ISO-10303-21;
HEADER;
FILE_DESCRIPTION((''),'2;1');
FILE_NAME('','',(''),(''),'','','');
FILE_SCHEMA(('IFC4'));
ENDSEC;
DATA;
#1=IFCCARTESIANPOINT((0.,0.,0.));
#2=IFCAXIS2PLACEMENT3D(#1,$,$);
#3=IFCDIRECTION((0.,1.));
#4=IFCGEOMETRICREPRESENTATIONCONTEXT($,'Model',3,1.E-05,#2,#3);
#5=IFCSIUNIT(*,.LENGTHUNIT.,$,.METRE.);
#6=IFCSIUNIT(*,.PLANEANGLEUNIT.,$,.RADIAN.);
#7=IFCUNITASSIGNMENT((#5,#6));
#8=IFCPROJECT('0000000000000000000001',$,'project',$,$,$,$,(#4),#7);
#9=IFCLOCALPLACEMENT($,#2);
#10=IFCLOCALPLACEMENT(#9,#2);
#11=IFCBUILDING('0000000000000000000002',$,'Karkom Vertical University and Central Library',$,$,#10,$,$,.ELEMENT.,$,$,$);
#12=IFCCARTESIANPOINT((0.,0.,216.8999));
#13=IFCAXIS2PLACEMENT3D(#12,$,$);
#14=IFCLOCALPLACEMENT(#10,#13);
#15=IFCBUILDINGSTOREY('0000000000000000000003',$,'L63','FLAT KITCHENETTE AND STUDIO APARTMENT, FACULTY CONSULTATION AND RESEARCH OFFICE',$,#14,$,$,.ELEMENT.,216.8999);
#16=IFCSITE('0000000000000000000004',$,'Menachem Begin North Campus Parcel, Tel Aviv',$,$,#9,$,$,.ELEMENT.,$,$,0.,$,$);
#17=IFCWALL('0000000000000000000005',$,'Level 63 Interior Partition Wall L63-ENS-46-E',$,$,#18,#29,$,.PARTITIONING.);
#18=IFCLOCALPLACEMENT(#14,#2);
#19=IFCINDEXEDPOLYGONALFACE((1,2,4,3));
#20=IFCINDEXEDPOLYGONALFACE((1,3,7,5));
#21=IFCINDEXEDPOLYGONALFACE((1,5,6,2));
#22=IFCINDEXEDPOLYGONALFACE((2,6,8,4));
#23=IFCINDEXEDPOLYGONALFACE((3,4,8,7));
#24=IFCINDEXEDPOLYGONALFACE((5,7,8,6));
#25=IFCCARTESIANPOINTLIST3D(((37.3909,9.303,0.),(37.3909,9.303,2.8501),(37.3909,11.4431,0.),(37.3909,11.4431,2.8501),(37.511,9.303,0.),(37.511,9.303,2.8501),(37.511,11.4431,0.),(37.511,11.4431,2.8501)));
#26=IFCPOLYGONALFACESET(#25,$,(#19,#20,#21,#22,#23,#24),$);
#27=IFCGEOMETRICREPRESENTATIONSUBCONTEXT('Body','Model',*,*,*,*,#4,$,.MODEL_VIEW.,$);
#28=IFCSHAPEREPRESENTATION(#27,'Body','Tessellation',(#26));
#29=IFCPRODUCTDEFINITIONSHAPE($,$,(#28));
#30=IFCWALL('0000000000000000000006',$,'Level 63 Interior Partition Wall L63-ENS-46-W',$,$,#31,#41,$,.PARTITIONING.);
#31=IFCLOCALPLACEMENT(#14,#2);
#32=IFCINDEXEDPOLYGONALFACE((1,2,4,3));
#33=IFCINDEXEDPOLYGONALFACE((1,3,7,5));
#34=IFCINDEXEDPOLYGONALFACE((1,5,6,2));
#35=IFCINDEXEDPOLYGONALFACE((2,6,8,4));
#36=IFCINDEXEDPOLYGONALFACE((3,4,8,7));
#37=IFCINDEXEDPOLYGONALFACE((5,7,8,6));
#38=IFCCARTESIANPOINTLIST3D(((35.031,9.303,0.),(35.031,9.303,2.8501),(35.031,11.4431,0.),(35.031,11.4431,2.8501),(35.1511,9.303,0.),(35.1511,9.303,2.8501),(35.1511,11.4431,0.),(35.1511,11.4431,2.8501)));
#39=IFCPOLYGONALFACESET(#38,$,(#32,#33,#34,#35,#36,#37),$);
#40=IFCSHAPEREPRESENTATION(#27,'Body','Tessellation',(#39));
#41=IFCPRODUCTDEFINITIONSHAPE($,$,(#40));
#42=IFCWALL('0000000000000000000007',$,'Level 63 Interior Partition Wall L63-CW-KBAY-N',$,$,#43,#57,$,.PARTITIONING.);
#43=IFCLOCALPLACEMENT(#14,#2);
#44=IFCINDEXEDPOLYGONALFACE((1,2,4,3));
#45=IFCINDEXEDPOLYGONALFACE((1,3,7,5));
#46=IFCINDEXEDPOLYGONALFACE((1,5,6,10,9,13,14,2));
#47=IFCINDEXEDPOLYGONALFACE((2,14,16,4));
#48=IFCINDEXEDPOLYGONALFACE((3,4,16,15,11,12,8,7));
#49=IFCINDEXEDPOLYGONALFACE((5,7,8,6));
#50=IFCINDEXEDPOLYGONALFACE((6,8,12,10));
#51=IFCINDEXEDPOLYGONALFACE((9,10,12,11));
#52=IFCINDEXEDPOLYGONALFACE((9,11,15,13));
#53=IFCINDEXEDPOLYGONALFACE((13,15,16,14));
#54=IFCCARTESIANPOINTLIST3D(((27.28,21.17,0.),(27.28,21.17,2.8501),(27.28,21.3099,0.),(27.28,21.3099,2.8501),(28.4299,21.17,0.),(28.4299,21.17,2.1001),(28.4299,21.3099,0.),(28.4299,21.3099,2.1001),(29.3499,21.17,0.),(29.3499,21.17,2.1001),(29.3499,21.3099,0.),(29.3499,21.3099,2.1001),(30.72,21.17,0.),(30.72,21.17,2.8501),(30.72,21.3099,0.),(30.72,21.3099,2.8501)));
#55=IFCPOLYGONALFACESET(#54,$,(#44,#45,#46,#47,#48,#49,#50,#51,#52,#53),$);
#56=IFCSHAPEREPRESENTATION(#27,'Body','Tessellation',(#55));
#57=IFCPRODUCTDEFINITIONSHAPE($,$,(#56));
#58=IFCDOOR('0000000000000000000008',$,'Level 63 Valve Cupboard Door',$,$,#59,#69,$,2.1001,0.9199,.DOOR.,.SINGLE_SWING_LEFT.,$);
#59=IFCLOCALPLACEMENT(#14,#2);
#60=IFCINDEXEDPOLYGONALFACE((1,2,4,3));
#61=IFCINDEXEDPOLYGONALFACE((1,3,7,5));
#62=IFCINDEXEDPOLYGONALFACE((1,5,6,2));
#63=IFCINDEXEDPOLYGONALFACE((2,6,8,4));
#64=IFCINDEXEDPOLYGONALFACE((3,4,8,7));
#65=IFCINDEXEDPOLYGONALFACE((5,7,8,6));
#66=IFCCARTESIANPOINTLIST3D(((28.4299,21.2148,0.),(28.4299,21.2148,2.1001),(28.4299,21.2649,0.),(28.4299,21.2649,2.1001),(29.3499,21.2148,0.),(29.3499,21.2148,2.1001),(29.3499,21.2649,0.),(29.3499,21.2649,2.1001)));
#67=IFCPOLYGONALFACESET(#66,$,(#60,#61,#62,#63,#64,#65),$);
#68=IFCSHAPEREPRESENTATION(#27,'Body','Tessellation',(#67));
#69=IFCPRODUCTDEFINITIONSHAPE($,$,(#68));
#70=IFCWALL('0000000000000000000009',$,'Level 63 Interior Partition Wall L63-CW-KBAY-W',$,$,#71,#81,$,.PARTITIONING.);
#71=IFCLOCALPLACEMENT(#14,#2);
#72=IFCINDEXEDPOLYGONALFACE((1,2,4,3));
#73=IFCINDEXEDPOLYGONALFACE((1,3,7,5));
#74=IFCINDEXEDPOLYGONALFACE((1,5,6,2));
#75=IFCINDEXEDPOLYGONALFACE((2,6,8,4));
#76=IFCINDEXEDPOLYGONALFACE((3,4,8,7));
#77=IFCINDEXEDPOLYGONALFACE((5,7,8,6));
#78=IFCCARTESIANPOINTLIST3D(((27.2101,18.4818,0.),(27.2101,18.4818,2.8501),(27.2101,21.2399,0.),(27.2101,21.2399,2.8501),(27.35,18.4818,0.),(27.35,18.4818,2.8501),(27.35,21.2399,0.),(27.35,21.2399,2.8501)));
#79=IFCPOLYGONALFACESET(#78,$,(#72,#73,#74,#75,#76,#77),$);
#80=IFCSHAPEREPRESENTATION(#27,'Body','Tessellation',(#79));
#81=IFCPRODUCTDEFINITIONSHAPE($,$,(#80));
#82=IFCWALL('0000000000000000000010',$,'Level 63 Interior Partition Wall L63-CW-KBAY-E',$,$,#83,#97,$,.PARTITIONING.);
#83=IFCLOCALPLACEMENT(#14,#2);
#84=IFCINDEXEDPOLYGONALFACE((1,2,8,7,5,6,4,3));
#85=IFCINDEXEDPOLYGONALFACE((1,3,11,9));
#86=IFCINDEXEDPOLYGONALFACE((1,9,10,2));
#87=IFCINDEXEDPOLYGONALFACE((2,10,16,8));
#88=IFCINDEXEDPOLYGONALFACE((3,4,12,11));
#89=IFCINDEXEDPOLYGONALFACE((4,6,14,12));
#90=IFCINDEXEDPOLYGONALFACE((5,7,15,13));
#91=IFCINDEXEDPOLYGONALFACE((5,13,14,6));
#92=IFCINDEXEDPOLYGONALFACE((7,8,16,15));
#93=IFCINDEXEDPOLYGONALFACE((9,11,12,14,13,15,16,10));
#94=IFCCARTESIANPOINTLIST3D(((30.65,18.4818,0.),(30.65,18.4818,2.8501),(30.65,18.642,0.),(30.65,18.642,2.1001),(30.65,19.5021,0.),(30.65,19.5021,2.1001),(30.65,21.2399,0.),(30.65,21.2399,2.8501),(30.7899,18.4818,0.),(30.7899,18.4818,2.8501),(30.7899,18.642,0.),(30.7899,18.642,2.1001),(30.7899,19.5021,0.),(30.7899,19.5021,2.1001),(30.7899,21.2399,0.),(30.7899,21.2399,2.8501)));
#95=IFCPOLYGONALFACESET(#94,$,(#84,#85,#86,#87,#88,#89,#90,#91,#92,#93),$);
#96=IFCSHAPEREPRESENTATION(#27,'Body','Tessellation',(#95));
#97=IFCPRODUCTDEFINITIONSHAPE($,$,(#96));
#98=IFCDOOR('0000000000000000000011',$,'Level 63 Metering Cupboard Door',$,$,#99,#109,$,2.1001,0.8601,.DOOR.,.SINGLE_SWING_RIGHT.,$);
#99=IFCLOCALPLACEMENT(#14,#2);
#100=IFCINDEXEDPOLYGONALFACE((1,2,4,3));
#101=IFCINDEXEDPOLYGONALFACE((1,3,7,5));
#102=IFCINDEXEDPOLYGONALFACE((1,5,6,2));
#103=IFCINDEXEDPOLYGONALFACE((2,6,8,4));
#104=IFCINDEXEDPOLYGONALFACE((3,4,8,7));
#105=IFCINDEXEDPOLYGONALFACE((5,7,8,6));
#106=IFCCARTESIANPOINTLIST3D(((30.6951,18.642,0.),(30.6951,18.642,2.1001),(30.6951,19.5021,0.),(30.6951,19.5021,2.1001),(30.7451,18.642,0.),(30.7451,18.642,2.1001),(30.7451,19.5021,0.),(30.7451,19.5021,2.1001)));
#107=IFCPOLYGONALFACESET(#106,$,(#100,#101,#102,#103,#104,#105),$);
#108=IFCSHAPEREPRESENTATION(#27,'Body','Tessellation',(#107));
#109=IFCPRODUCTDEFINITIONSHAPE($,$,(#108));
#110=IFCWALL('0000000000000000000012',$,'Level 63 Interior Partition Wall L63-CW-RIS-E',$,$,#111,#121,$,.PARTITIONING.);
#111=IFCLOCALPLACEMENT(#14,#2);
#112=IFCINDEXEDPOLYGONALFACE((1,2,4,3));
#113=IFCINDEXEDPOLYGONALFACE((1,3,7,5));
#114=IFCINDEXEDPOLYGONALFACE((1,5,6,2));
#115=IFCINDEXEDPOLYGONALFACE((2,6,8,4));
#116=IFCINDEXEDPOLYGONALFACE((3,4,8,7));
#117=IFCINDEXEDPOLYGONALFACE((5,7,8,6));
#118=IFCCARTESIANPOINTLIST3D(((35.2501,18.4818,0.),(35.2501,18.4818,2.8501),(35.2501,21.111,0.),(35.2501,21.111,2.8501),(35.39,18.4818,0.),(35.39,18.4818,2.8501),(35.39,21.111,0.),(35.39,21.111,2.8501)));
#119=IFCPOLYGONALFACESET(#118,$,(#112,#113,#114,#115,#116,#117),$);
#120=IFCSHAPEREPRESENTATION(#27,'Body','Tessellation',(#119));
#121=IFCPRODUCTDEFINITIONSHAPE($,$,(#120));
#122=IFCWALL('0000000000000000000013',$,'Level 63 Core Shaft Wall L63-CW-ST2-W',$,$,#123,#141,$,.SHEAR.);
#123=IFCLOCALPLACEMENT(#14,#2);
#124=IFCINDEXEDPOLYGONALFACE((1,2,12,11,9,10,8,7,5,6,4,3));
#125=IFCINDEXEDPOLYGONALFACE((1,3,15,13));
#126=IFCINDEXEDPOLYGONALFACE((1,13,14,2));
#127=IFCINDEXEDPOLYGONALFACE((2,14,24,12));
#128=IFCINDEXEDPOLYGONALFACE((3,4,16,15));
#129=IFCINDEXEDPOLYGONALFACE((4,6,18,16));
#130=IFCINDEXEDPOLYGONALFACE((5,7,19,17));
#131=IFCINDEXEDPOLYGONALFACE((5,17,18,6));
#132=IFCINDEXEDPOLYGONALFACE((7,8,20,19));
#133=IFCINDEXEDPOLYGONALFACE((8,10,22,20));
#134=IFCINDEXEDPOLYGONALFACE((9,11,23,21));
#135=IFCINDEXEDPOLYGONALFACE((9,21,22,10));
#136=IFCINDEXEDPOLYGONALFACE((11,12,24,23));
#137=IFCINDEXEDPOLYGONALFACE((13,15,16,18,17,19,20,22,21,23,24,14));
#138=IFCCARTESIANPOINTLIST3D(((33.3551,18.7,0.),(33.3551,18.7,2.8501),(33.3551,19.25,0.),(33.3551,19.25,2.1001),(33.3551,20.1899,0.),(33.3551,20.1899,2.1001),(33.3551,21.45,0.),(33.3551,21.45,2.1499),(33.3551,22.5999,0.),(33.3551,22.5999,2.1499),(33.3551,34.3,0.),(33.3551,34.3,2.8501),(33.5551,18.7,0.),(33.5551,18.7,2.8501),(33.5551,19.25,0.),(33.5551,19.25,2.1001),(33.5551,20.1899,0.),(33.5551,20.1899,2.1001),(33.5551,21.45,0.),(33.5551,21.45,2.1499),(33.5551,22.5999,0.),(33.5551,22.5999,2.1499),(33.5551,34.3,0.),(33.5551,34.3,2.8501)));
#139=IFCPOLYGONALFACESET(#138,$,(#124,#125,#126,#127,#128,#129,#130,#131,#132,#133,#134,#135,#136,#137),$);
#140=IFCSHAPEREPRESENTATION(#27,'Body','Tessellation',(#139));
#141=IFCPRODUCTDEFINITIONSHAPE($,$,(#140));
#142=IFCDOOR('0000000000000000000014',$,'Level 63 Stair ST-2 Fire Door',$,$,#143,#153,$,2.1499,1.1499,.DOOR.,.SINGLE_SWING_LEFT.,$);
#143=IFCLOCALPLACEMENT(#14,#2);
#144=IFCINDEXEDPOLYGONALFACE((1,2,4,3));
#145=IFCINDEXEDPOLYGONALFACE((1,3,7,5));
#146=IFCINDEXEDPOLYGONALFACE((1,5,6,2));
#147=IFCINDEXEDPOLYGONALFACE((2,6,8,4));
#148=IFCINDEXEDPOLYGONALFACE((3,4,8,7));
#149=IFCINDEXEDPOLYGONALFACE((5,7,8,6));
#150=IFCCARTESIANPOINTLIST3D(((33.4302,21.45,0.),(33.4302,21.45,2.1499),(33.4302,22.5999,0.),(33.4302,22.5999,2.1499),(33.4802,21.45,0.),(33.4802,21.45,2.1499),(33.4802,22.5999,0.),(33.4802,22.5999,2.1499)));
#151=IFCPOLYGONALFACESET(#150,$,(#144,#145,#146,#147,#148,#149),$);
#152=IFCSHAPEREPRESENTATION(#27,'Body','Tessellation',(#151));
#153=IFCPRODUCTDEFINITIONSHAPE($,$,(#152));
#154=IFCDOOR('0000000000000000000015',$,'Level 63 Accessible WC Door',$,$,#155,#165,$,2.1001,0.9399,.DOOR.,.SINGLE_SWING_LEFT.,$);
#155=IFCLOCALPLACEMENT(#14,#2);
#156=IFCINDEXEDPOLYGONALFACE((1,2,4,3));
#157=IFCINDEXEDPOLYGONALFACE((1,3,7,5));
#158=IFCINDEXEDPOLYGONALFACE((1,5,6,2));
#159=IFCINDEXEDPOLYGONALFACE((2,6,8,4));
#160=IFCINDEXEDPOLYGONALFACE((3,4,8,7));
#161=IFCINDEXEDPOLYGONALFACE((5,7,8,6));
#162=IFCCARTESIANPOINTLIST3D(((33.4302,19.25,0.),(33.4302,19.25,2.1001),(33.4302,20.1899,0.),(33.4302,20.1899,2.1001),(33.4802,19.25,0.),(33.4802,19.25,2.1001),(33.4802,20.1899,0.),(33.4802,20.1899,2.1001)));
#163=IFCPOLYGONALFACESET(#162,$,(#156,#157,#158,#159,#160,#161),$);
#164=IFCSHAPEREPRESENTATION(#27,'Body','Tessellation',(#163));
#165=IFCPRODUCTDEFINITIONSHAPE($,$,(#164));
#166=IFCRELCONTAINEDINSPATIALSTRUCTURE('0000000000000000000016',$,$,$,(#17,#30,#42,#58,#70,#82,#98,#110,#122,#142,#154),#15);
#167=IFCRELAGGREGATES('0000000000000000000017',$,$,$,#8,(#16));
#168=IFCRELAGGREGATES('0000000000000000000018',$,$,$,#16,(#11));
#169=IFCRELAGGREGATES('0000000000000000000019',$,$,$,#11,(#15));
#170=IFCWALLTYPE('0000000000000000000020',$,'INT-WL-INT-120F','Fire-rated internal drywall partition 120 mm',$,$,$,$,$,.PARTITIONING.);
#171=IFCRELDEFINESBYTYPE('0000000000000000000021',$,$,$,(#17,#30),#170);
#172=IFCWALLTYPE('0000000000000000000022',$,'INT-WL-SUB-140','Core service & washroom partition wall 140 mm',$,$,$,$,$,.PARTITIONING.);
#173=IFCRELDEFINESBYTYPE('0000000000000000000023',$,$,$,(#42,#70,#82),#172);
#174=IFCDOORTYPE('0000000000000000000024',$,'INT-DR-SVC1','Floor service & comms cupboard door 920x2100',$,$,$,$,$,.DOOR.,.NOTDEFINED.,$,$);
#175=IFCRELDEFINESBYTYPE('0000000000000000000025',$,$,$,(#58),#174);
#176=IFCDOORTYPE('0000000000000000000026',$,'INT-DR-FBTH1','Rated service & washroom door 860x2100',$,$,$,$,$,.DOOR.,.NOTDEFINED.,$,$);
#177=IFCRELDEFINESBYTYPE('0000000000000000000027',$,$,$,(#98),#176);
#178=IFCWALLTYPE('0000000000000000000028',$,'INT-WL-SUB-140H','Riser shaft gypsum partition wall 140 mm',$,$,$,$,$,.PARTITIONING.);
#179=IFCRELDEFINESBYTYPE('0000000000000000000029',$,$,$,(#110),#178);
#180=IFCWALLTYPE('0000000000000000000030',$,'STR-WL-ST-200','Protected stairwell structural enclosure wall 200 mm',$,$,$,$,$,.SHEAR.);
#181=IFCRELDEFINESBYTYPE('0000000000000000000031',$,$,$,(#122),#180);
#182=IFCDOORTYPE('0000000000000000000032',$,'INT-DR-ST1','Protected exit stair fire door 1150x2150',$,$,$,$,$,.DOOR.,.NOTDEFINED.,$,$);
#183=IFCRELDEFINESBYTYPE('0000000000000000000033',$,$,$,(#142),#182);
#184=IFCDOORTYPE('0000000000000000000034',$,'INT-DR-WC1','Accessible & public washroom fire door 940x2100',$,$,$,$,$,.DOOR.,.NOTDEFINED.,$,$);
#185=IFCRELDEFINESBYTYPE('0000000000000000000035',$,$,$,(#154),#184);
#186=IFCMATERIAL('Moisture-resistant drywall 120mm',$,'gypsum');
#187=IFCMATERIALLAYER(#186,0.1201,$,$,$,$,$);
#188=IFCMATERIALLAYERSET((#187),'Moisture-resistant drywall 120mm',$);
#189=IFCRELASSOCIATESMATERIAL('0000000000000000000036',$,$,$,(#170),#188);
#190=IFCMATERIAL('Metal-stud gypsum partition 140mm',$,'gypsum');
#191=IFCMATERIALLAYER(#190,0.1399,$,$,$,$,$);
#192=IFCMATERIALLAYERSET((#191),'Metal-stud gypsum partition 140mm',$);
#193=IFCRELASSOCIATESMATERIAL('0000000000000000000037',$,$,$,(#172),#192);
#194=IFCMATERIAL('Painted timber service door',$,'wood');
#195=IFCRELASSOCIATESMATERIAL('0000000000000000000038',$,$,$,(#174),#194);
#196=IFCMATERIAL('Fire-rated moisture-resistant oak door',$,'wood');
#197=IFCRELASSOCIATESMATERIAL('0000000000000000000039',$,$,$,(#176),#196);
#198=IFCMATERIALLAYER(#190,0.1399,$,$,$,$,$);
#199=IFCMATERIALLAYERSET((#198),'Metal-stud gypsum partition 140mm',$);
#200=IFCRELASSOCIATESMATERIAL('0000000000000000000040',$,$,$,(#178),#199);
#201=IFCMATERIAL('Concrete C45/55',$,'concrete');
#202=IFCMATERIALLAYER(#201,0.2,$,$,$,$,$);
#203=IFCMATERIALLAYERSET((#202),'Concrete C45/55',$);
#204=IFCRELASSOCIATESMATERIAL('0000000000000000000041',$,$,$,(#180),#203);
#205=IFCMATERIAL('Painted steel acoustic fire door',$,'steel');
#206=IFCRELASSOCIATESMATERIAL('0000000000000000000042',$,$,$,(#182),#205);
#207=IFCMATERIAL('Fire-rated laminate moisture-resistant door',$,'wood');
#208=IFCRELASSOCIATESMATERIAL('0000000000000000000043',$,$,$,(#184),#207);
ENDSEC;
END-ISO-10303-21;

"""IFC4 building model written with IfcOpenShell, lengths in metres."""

from ifc_helpers import new_model, si_unit, direction, frame, frame_2d, origin, origin_with_axes, place, context, subcontext, project, spatial, rectangle, extrude, source, transform, mapped, material, layer, layer_set, type_object, element, fill, save


model = new_model("IFC4")

# Units and contexts
model_context = context("Model", 3, precision=1e-05, world=origin(), true_north=direction((0.0, 1.0)))
body_context = subcontext(model_context, "Body", "Model", "MODEL_VIEW")
ifc_project = project(units=[si_unit("LENGTHUNIT", "METRE"), si_unit("PLANEANGLEUNIT", "RADIAN")], contexts=[model_context])

# Site, building, storey
site_placement = place(None, origin())
site = spatial("IfcSite", under=ifc_project, at=site_placement, Name="Menachem Begin North Campus Parcel, Tel Aviv", CompositionType="ELEMENT", RefElevation=0.0)
building_placement = place(site_placement, origin())
building = spatial("IfcBuilding", under=site, at=building_placement, Name="Karkom Vertical University and Central Library", CompositionType="ELEMENT")
storey_placement = place(building_placement, frame((0.0, 0.0, 216.8999)))
storey = spatial("IfcBuildingStorey", under=building, at=storey_placement, Name="L63", Description="FLAT KITCHENETTE AND STUDIO APARTMENT, FACULTY CONSULTATION AND RESEARCH OFFICE", CompositionType="ELEMENT", Elevation=216.8999)

# Shared definitions
ifc_material_1 = material(Name="Moisture-resistant drywall 120mm", Category="gypsum")

# Shared definitions
ifc_layer_1 = layer(ifc_material_1, 0.1201)
ifc_layer_set_1 = layer_set([ifc_layer_1], Name="Moisture-resistant drywall 120mm")
wall_type_1 = type_object("IfcWallType", Name="INT-WL-INT-120F", Description="Fire-rated internal drywall partition 120 mm", PredefinedType="PARTITIONING", material=ifc_layer_set_1)
shared_shape_1 = source(origin_with_axes(), body_context, "Body", "SweptSolid", [
    extrude(rectangle(XDim=0.8601, YDim=2.1001, at=frame_2d((0.4302, 1.05))), frame((0.0, 0.0249, 0.0), z_axis=(0.0, -1.0, 0.0), x_axis=(1.0, 0.0, 0.0)), (0.0, 0.0, 1.0), 0.05),
])

# Walls
for number, where, z_axis, x_axis, name in (
    (1, (37.4509, 9.303, 0.0), (0.0, 0.0, 1.0), (0.0, 1.0, 0.0), "Level 63 Interior Partition Wall L63-ENS-46-E"),
    (2, (35.0911, 11.4431, 0.0), (0.0, 0.0, 1.0), (0.0, -1.0, 0.0), "Level 63 Interior Partition Wall L63-ENS-46-W"),
):
    element("IfcWall", number, at=place(storey_placement, frame(where, z_axis=z_axis, x_axis=x_axis)), inside=storey, type_object=wall_type_1, Name=name, PredefinedType="PARTITIONING", context=body_context, shape_type="SweptSolid", body=[
        extrude(rectangle(XDim=2.1401, YDim=0.1201, at=frame_2d((1.0701, 0.0))), origin(), (0.0, 0.0, 1.0), 2.8501),
    ])

# Wall, opening, door
ifc_material_2 = material(Name="Metal-stud gypsum partition 140mm", Category="gypsum")
ifc_layer_2 = layer(ifc_material_2, 0.1399)
ifc_layer_set_2 = layer_set([ifc_layer_2], Name="Metal-stud gypsum partition 140mm")
wall_type_2 = type_object("IfcWallType", Name="INT-WL-SUB-140", Description="Core service & washroom partition wall 140 mm", PredefinedType="PARTITIONING", material=ifc_layer_set_2)
wall_1_placement = place(storey_placement, frame((27.28, 21.24, 0.0), z_axis=(0.0, 0.0, 1.0), x_axis=(1.0, 0.0, 0.0)))
wall_1 = element("IfcWall", 3, at=wall_1_placement, inside=storey, type_object=wall_type_2, Name="Level 63 Interior Partition Wall L63-CW-KBAY-N", PredefinedType="PARTITIONING", context=body_context, shape_type="SweptSolid", body=[
    extrude(rectangle(XDim=3.4399, YDim=0.1399, at=frame_2d((1.72, 0.0))), origin(), (0.0, 0.0, 1.0), 2.8501),
])
opening_1_placement = place(wall_1_placement, frame((1.1499, 0.0, 0.0)))
opening_1 = element("IfcOpeningElement", 4, at=opening_1_placement, cuts=wall_1, PredefinedType="OPENING", context=body_context, shape_type="SweptSolid", body=[
    extrude(rectangle(XDim=0.9199, YDim=2.1001, at=frame_2d((0.46, 1.05))), frame((0.0, 0.0801, 0.0), z_axis=(0.0, -1.0, 0.0), x_axis=(1.0, 0.0, 0.0)), (0.0, 0.0, 1.0), 0.1599),
])
ifc_material_3 = material(Name="Painted timber service door", Category="wood")
door_type_1 = type_object("IfcDoorType", Name="INT-DR-SVC1", Description="Floor service & comms cupboard door 920x2100", OperationType="NOTDEFINED", PredefinedType="DOOR", material=ifc_material_3)
shared_shape_2 = source(origin_with_axes(), body_context, "Body", "SweptSolid", [
    extrude(rectangle(XDim=0.9199, YDim=2.1001, at=frame_2d((0.46, 1.05))), frame((0.0, 0.0249, 0.0), z_axis=(0.0, -1.0, 0.0), x_axis=(1.0, 0.0, 0.0)), (0.0, 0.0, 1.0), 0.05),
])
door_1_placement = place(opening_1_placement, origin())
door_1 = element("IfcDoor", 5, at=door_1_placement, inside=storey, type_object=door_type_1, Name="Level 63 Valve Cupboard Door", OperationType="SINGLE_SWING_LEFT", OverallHeight=2.1001, OverallWidth=0.9199, PredefinedType="DOOR", context=body_context, shape_type="MappedRepresentation", body=[
    mapped(shared_shape_2, transform((0.0, 0.0, 0.0), scale=1.0)),
])
fill(opening_1, door_1)

# Wall
wall_2_placement = place(storey_placement, frame((27.28, 18.4819, 0.0), z_axis=(0.0, 0.0, 1.0), x_axis=(0.0, 1.0, 0.0)))
element("IfcWall", 6, at=wall_2_placement, inside=storey, type_object=wall_type_2, Name="Level 63 Interior Partition Wall L63-CW-KBAY-W", PredefinedType="PARTITIONING", context=body_context, shape_type="SweptSolid", body=[
    extrude(rectangle(XDim=2.7581, YDim=0.1399, at=frame_2d((1.3789, 0.0))), origin(), (0.0, 0.0, 1.0), 2.8501),
])

# Wall, opening, door
wall_3_placement = place(storey_placement, frame((30.72, 18.4819, 0.0), z_axis=(0.0, 0.0, 1.0), x_axis=(0.0, 1.0, 0.0)))
wall_3 = element("IfcWall", 7, at=wall_3_placement, inside=storey, type_object=wall_type_2, Name="Level 63 Interior Partition Wall L63-CW-KBAY-E", PredefinedType="PARTITIONING", context=body_context, shape_type="SweptSolid", body=[
    extrude(rectangle(XDim=2.7581, YDim=0.1399, at=frame_2d((1.3789, 0.0))), origin(), (0.0, 0.0, 1.0), 2.8501),
])
opening_2_placement = place(wall_3_placement, frame((0.1599, 0.0, 0.0)))
opening_2 = element("IfcOpeningElement", 8, at=opening_2_placement, cuts=wall_3, PredefinedType="OPENING", context=body_context, shape_type="SweptSolid", body=[
    extrude(rectangle(XDim=0.8601, YDim=2.1001, at=frame_2d((0.4302, 1.05))), frame((0.0, 0.0801, 0.0), z_axis=(0.0, -1.0, 0.0), x_axis=(1.0, 0.0, 0.0)), (0.0, 0.0, 1.0), 0.1599),
])
ifc_material_4 = material(Name="Fire-rated moisture-resistant oak door", Category="wood")
door_type_2 = type_object("IfcDoorType", Name="INT-DR-FBTH1", Description="Rated service & washroom door 860x2100", OperationType="NOTDEFINED", PredefinedType="DOOR", material=ifc_material_4)
door_2_placement = place(opening_2_placement, origin())
door_2 = element("IfcDoor", 9, at=door_2_placement, inside=storey, type_object=door_type_2, Name="Level 63 Metering Cupboard Door", OperationType="SINGLE_SWING_RIGHT", OverallHeight=2.1001, OverallWidth=0.8601, PredefinedType="DOOR", context=body_context, shape_type="MappedRepresentation", body=[
    mapped(shared_shape_1, transform((0.0, 0.0, 0.0), scale=1.0)),
])
fill(opening_2, door_2)

# Wall
ifc_layer_3 = layer(ifc_material_2, 0.1399)
ifc_layer_set_3 = layer_set([ifc_layer_3], Name="Metal-stud gypsum partition 140mm")
wall_type_3 = type_object("IfcWallType", Name="INT-WL-SUB-140H", Description="Riser shaft gypsum partition wall 140 mm", PredefinedType="PARTITIONING", material=ifc_layer_set_3)
wall_4_placement = place(storey_placement, frame((35.3201, 18.4819, 0.0), z_axis=(0.0, 0.0, 1.0), x_axis=(0.0, 1.0, 0.0)))
element("IfcWall", 10, at=wall_4_placement, inside=storey, type_object=wall_type_3, Name="Level 63 Interior Partition Wall L63-CW-RIS-E", PredefinedType="PARTITIONING", context=body_context, shape_type="SweptSolid", body=[
    extrude(rectangle(XDim=2.6292, YDim=0.1399, at=frame_2d((1.3145, 0.0))), origin(), (0.0, 0.0, 1.0), 2.8501),
])

# Wall, openings, doors
ifc_material_5 = material(Name="Concrete C45/55", Category="concrete")
ifc_layer_4 = layer(ifc_material_5, 0.2)
ifc_layer_set_4 = layer_set([ifc_layer_4], Name="Concrete C45/55")
wall_type_4 = type_object("IfcWallType", Name="STR-WL-ST-200", Description="Protected stairwell structural enclosure wall 200 mm", PredefinedType="SHEAR", material=ifc_layer_set_4)
wall_5_placement = place(storey_placement, frame((33.4551, 18.7, 0.0), z_axis=(0.0, 0.0, 1.0), x_axis=(0.0, 1.0, 0.0)))
wall_5 = element("IfcWall", 11, at=wall_5_placement, inside=storey, type_object=wall_type_4, Name="Level 63 Core Shaft Wall L63-CW-ST2-W", PredefinedType="SHEAR", context=body_context, shape_type="SweptSolid", body=[
    extrude(rectangle(XDim=15.6001, YDim=0.2, at=frame_2d((7.8, 0.0))), origin(), (0.0, 0.0, 1.0), 2.8501),
])
opening_3_placement = place(wall_5_placement, frame((2.75, 0.0, 0.0)))
opening_3 = element("IfcOpeningElement", 12, at=opening_3_placement, cuts=wall_5, PredefinedType="OPENING", context=body_context, shape_type="SweptSolid", body=[
    extrude(rectangle(XDim=1.1499, YDim=2.1499, at=frame_2d((0.575, 1.075))), frame((0.0, 0.1099, 0.0), z_axis=(0.0, -1.0, 0.0), x_axis=(1.0, 0.0, 0.0)), (0.0, 0.0, 1.0), 0.22),
])
opening_4_placement = place(wall_5_placement, frame((0.55, 0.0, 0.0)))
opening_4 = element("IfcOpeningElement", 13, at=opening_4_placement, cuts=wall_5, PredefinedType="OPENING", context=body_context, shape_type="SweptSolid", body=[
    extrude(rectangle(XDim=0.9399, YDim=2.1001, at=frame_2d((0.47, 1.05))), frame((0.0, 0.1099, 0.0), z_axis=(0.0, -1.0, 0.0), x_axis=(1.0, 0.0, 0.0)), (0.0, 0.0, 1.0), 0.22),
])
ifc_material_6 = material(Name="Painted steel acoustic fire door", Category="steel")
door_type_3 = type_object("IfcDoorType", Name="INT-DR-ST1", Description="Protected exit stair fire door 1150x2150", OperationType="NOTDEFINED", PredefinedType="DOOR", material=ifc_material_6)
shared_shape_3 = source(origin_with_axes(), body_context, "Body", "SweptSolid", [
    extrude(rectangle(XDim=1.1499, YDim=2.1499, at=frame_2d((0.575, 1.075))), frame((0.0, 0.0249, 0.0), z_axis=(0.0, -1.0, 0.0), x_axis=(1.0, 0.0, 0.0)), (0.0, 0.0, 1.0), 0.05),
])
door_3_placement = place(opening_3_placement, origin())
door_3 = element("IfcDoor", 14, at=door_3_placement, inside=storey, type_object=door_type_3, Name="Level 63 Stair ST-2 Fire Door", OperationType="SINGLE_SWING_LEFT", OverallHeight=2.1499, OverallWidth=1.1499, PredefinedType="DOOR", context=body_context, shape_type="MappedRepresentation", body=[
    mapped(shared_shape_3, transform((0.0, 0.0, 0.0), scale=1.0)),
])
fill(opening_3, door_3)
ifc_material_7 = material(Name="Fire-rated laminate moisture-resistant door", Category="wood")
door_type_4 = type_object("IfcDoorType", Name="INT-DR-WC1", Description="Accessible & public washroom fire door 940x2100", OperationType="NOTDEFINED", PredefinedType="DOOR", material=ifc_material_7)
shared_shape_4 = source(origin_with_axes(), body_context, "Body", "SweptSolid", [
    extrude(rectangle(XDim=0.9399, YDim=2.1001, at=frame_2d((0.47, 1.05))), frame((0.0, 0.0249, 0.0), z_axis=(0.0, -1.0, 0.0), x_axis=(1.0, 0.0, 0.0)), (0.0, 0.0, 1.0), 0.05),
])
door_4_placement = place(opening_4_placement, origin())
door_4 = element("IfcDoor", 15, at=door_4_placement, inside=storey, type_object=door_type_4, Name="Level 63 Accessible WC Door", OperationType="SINGLE_SWING_LEFT", OverallHeight=2.1001, OverallWidth=0.9399, PredefinedType="DOOR", context=body_context, shape_type="MappedRepresentation", body=[
    mapped(shared_shape_4, transform((0.0, 0.0, 0.0), scale=1.0)),
])
fill(opening_4, door_4)

save(model, "model.ifc")
